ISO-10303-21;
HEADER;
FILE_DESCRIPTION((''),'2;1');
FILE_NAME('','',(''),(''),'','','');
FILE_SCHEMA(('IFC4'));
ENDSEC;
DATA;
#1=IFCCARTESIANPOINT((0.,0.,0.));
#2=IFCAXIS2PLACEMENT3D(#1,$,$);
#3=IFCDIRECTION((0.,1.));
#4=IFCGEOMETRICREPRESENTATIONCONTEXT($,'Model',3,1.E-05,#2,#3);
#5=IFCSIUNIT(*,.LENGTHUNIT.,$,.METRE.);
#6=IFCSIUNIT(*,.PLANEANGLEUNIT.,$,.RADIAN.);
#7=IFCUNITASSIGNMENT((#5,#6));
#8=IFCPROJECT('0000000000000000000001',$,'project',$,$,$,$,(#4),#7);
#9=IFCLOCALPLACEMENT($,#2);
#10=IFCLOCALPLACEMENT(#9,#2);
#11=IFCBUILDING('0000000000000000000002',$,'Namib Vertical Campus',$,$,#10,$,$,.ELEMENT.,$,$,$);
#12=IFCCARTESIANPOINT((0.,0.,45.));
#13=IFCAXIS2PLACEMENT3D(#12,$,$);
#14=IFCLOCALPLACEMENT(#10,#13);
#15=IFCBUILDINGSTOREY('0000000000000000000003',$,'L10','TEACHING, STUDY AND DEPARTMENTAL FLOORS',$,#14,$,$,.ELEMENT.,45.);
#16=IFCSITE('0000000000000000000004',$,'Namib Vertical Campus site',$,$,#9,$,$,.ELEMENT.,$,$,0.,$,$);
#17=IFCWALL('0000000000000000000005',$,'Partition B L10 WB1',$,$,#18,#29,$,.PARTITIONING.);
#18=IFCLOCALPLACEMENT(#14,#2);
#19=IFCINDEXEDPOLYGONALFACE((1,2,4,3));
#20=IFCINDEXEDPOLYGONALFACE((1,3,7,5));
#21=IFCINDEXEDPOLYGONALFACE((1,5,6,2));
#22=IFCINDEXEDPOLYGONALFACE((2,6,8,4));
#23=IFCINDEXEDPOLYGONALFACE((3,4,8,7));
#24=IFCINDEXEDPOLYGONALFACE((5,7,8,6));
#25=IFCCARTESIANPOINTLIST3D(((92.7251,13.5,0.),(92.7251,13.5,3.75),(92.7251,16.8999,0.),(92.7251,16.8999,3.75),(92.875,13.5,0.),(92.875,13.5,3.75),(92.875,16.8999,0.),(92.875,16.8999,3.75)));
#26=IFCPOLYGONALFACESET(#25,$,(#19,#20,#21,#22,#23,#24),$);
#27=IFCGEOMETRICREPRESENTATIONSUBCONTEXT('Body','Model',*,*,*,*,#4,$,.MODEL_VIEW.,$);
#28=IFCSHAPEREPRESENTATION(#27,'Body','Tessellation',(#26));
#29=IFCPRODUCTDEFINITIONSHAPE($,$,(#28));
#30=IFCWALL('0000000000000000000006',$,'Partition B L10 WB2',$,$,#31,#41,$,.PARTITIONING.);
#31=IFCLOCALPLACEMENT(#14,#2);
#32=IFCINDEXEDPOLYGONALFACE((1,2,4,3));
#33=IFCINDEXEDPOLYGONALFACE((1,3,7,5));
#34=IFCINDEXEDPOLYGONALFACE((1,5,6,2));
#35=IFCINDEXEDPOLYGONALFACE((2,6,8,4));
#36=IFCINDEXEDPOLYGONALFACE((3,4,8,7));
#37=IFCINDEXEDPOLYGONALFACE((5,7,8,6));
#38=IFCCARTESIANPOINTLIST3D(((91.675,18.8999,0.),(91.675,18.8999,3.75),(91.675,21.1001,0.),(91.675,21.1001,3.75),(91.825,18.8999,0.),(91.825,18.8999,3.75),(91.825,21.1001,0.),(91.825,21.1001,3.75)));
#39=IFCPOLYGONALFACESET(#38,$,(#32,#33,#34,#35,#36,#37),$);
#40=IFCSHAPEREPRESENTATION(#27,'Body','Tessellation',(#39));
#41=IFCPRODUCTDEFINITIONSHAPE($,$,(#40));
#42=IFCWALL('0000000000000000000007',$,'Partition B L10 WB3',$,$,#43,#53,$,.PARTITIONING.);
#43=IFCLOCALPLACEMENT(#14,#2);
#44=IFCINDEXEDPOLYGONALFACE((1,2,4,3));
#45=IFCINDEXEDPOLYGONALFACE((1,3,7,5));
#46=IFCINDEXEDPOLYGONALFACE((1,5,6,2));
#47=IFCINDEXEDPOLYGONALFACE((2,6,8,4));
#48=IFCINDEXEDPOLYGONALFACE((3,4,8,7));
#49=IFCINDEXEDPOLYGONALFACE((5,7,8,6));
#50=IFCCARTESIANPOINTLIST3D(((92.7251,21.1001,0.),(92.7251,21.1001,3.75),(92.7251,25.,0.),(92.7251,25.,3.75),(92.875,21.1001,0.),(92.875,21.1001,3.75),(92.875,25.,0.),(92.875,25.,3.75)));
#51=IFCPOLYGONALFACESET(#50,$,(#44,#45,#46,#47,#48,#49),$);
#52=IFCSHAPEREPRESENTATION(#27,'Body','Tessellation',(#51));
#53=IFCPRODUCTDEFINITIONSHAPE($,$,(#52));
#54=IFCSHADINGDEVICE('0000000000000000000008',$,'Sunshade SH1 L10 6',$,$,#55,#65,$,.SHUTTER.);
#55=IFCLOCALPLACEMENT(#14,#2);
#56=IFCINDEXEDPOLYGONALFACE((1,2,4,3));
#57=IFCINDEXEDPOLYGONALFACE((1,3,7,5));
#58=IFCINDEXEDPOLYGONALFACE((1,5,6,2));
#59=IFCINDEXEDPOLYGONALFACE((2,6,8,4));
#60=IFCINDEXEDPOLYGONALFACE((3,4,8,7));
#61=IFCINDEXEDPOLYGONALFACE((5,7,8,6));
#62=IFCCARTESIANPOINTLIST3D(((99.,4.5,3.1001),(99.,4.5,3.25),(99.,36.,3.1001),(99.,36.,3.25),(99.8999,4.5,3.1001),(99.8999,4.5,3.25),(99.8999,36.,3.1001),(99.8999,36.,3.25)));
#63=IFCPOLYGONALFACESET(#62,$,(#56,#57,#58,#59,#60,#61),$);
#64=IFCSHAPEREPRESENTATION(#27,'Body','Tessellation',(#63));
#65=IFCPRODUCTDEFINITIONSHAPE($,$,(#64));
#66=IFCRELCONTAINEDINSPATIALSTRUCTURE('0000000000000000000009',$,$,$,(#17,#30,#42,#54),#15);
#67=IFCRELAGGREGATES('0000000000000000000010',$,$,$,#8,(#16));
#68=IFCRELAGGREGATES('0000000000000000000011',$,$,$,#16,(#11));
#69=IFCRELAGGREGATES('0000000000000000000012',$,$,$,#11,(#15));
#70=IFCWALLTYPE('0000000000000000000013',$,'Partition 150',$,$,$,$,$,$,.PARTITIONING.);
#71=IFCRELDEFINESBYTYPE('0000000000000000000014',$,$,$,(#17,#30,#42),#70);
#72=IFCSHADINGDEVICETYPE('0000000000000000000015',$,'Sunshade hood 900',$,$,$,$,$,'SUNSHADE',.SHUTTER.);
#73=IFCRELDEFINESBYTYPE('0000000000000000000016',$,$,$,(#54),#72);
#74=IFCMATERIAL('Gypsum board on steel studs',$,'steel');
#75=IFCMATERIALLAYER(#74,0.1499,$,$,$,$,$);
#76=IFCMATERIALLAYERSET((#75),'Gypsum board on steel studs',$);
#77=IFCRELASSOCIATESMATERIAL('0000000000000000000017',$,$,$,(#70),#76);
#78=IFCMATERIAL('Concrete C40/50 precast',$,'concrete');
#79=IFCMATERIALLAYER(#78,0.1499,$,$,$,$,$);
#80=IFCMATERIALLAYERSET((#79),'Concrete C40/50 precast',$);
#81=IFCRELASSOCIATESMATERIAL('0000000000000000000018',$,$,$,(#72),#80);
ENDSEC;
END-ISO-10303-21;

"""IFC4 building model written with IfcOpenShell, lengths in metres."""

from ifc_helpers import new_model, si_unit, direction, frame, frame_2d, origin, origin_2d, place, context, subcontext, project, spatial, rectangle, extrude, material, layer, layer_set, type_object, element, save


model = new_model("IFC4")

# Units and contexts
model_context = context("Model", 3, precision=1e-05, world=origin(), true_north=direction((0.0, 1.0)))
body_context = subcontext(model_context, "Body", "Model", "MODEL_VIEW")
ifc_project = project(units=[si_unit("LENGTHUNIT", "METRE"), si_unit("PLANEANGLEUNIT", "RADIAN")], contexts=[model_context])

# Site, building, storey
site_placement = place(None, origin())
site = spatial("IfcSite", under=ifc_project, at=site_placement, Name="Namib Vertical Campus site", CompositionType="ELEMENT", RefElevation=0.0)
building_placement = place(site_placement, origin())
building = spatial("IfcBuilding", under=site, at=building_placement, Name="Namib Vertical Campus", CompositionType="ELEMENT")
storey_placement = place(building_placement, frame((0.0, 0.0, 45.0)))
storey = spatial("IfcBuildingStorey", under=building, at=storey_placement, Name="L10", Description="TEACHING, STUDY AND DEPARTMENTAL FLOORS", CompositionType="ELEMENT", Elevation=45.0)

# Shared definitions
ifc_material_1 = material(Name="Gypsum board on steel studs", Category="steel")
ifc_layer_1 = layer(ifc_material_1, 0.1499)
ifc_layer_set_1 = layer_set([ifc_layer_1], Name="Gypsum board on steel studs")
wall_type_1 = type_object("IfcWallType", Name="Partition 150", PredefinedType="PARTITIONING", material=ifc_layer_set_1)

# Walls
wall_1_placement = place(storey_placement, frame((92.8, 13.5, 0.0), z_axis=(0.0, 0.0, 1.0), x_axis=(0.0, 1.0, 0.0)))
element("IfcWall", 1, at=wall_1_placement, inside=storey, type_object=wall_type_1, Name="Partition B L10 WB1", PredefinedType="PARTITIONING", context=body_context, shape_type="SweptSolid", body=[
    extrude(rectangle(XDim=3.3999, YDim=0.1499, at=frame_2d((1.7, 0.0))), origin(), (0.0, 0.0, 1.0), 3.75),
])
wall_2_placement = place(storey_placement, frame((91.75, 18.8999, 0.0), z_axis=(0.0, 0.0, 1.0), x_axis=(0.0, 1.0, 0.0)))
element("IfcWall", 2, at=wall_2_placement, inside=storey, type_object=wall_type_1, Name="Partition B L10 WB2", PredefinedType="PARTITIONING", context=body_context, shape_type="SweptSolid", body=[
    extrude(rectangle(XDim=2.2002, YDim=0.1499, at=frame_2d((1.1001, 0.0))), origin(), (0.0, 0.0, 1.0), 3.75),
])
wall_3_placement = place(storey_placement, frame((92.8, 21.1001, 0.0), z_axis=(0.0, 0.0, 1.0), x_axis=(0.0, 1.0, 0.0)))
element("IfcWall", 3, at=wall_3_placement, inside=storey, type_object=wall_type_1, Name="Partition B L10 WB3", PredefinedType="PARTITIONING", context=body_context, shape_type="SweptSolid", body=[
    extrude(rectangle(XDim=3.8999, YDim=0.1499, at=frame_2d((1.95, 0.0))), origin(), (0.0, 0.0, 1.0), 3.75),
])

# Shading device
ifc_material_2 = material(Name="Concrete C40/50 precast", Category="concrete")
ifc_layer_2 = layer(ifc_material_2, 0.1499)
ifc_layer_set_2 = layer_set([ifc_layer_2], Name="Concrete C40/50 precast")
shading_device_type = type_object("IfcShadingDeviceType", Name="Sunshade hood 900", ElementType="SUNSHADE", PredefinedType="SHUTTER", material=ifc_layer_set_2)
shading_device_placement = place(storey_placement, frame((99.45, 20.25, 3.1001), z_axis=(0.0, 0.0, 1.0), x_axis=(0.0, 1.0, 0.0)))
element("IfcShadingDevice", 4, at=shading_device_placement, inside=storey, type_object=shading_device_type, Name="Sunshade SH1 L10 6", PredefinedType="SHUTTER", context=body_context, shape_type="SweptSolid", body=[
    extrude(rectangle(XDim=31.5, YDim=0.8999, at=origin_2d()), origin(), (0.0, 0.0, 1.0), 0.1499),
])

save(model, "model.ifc")
